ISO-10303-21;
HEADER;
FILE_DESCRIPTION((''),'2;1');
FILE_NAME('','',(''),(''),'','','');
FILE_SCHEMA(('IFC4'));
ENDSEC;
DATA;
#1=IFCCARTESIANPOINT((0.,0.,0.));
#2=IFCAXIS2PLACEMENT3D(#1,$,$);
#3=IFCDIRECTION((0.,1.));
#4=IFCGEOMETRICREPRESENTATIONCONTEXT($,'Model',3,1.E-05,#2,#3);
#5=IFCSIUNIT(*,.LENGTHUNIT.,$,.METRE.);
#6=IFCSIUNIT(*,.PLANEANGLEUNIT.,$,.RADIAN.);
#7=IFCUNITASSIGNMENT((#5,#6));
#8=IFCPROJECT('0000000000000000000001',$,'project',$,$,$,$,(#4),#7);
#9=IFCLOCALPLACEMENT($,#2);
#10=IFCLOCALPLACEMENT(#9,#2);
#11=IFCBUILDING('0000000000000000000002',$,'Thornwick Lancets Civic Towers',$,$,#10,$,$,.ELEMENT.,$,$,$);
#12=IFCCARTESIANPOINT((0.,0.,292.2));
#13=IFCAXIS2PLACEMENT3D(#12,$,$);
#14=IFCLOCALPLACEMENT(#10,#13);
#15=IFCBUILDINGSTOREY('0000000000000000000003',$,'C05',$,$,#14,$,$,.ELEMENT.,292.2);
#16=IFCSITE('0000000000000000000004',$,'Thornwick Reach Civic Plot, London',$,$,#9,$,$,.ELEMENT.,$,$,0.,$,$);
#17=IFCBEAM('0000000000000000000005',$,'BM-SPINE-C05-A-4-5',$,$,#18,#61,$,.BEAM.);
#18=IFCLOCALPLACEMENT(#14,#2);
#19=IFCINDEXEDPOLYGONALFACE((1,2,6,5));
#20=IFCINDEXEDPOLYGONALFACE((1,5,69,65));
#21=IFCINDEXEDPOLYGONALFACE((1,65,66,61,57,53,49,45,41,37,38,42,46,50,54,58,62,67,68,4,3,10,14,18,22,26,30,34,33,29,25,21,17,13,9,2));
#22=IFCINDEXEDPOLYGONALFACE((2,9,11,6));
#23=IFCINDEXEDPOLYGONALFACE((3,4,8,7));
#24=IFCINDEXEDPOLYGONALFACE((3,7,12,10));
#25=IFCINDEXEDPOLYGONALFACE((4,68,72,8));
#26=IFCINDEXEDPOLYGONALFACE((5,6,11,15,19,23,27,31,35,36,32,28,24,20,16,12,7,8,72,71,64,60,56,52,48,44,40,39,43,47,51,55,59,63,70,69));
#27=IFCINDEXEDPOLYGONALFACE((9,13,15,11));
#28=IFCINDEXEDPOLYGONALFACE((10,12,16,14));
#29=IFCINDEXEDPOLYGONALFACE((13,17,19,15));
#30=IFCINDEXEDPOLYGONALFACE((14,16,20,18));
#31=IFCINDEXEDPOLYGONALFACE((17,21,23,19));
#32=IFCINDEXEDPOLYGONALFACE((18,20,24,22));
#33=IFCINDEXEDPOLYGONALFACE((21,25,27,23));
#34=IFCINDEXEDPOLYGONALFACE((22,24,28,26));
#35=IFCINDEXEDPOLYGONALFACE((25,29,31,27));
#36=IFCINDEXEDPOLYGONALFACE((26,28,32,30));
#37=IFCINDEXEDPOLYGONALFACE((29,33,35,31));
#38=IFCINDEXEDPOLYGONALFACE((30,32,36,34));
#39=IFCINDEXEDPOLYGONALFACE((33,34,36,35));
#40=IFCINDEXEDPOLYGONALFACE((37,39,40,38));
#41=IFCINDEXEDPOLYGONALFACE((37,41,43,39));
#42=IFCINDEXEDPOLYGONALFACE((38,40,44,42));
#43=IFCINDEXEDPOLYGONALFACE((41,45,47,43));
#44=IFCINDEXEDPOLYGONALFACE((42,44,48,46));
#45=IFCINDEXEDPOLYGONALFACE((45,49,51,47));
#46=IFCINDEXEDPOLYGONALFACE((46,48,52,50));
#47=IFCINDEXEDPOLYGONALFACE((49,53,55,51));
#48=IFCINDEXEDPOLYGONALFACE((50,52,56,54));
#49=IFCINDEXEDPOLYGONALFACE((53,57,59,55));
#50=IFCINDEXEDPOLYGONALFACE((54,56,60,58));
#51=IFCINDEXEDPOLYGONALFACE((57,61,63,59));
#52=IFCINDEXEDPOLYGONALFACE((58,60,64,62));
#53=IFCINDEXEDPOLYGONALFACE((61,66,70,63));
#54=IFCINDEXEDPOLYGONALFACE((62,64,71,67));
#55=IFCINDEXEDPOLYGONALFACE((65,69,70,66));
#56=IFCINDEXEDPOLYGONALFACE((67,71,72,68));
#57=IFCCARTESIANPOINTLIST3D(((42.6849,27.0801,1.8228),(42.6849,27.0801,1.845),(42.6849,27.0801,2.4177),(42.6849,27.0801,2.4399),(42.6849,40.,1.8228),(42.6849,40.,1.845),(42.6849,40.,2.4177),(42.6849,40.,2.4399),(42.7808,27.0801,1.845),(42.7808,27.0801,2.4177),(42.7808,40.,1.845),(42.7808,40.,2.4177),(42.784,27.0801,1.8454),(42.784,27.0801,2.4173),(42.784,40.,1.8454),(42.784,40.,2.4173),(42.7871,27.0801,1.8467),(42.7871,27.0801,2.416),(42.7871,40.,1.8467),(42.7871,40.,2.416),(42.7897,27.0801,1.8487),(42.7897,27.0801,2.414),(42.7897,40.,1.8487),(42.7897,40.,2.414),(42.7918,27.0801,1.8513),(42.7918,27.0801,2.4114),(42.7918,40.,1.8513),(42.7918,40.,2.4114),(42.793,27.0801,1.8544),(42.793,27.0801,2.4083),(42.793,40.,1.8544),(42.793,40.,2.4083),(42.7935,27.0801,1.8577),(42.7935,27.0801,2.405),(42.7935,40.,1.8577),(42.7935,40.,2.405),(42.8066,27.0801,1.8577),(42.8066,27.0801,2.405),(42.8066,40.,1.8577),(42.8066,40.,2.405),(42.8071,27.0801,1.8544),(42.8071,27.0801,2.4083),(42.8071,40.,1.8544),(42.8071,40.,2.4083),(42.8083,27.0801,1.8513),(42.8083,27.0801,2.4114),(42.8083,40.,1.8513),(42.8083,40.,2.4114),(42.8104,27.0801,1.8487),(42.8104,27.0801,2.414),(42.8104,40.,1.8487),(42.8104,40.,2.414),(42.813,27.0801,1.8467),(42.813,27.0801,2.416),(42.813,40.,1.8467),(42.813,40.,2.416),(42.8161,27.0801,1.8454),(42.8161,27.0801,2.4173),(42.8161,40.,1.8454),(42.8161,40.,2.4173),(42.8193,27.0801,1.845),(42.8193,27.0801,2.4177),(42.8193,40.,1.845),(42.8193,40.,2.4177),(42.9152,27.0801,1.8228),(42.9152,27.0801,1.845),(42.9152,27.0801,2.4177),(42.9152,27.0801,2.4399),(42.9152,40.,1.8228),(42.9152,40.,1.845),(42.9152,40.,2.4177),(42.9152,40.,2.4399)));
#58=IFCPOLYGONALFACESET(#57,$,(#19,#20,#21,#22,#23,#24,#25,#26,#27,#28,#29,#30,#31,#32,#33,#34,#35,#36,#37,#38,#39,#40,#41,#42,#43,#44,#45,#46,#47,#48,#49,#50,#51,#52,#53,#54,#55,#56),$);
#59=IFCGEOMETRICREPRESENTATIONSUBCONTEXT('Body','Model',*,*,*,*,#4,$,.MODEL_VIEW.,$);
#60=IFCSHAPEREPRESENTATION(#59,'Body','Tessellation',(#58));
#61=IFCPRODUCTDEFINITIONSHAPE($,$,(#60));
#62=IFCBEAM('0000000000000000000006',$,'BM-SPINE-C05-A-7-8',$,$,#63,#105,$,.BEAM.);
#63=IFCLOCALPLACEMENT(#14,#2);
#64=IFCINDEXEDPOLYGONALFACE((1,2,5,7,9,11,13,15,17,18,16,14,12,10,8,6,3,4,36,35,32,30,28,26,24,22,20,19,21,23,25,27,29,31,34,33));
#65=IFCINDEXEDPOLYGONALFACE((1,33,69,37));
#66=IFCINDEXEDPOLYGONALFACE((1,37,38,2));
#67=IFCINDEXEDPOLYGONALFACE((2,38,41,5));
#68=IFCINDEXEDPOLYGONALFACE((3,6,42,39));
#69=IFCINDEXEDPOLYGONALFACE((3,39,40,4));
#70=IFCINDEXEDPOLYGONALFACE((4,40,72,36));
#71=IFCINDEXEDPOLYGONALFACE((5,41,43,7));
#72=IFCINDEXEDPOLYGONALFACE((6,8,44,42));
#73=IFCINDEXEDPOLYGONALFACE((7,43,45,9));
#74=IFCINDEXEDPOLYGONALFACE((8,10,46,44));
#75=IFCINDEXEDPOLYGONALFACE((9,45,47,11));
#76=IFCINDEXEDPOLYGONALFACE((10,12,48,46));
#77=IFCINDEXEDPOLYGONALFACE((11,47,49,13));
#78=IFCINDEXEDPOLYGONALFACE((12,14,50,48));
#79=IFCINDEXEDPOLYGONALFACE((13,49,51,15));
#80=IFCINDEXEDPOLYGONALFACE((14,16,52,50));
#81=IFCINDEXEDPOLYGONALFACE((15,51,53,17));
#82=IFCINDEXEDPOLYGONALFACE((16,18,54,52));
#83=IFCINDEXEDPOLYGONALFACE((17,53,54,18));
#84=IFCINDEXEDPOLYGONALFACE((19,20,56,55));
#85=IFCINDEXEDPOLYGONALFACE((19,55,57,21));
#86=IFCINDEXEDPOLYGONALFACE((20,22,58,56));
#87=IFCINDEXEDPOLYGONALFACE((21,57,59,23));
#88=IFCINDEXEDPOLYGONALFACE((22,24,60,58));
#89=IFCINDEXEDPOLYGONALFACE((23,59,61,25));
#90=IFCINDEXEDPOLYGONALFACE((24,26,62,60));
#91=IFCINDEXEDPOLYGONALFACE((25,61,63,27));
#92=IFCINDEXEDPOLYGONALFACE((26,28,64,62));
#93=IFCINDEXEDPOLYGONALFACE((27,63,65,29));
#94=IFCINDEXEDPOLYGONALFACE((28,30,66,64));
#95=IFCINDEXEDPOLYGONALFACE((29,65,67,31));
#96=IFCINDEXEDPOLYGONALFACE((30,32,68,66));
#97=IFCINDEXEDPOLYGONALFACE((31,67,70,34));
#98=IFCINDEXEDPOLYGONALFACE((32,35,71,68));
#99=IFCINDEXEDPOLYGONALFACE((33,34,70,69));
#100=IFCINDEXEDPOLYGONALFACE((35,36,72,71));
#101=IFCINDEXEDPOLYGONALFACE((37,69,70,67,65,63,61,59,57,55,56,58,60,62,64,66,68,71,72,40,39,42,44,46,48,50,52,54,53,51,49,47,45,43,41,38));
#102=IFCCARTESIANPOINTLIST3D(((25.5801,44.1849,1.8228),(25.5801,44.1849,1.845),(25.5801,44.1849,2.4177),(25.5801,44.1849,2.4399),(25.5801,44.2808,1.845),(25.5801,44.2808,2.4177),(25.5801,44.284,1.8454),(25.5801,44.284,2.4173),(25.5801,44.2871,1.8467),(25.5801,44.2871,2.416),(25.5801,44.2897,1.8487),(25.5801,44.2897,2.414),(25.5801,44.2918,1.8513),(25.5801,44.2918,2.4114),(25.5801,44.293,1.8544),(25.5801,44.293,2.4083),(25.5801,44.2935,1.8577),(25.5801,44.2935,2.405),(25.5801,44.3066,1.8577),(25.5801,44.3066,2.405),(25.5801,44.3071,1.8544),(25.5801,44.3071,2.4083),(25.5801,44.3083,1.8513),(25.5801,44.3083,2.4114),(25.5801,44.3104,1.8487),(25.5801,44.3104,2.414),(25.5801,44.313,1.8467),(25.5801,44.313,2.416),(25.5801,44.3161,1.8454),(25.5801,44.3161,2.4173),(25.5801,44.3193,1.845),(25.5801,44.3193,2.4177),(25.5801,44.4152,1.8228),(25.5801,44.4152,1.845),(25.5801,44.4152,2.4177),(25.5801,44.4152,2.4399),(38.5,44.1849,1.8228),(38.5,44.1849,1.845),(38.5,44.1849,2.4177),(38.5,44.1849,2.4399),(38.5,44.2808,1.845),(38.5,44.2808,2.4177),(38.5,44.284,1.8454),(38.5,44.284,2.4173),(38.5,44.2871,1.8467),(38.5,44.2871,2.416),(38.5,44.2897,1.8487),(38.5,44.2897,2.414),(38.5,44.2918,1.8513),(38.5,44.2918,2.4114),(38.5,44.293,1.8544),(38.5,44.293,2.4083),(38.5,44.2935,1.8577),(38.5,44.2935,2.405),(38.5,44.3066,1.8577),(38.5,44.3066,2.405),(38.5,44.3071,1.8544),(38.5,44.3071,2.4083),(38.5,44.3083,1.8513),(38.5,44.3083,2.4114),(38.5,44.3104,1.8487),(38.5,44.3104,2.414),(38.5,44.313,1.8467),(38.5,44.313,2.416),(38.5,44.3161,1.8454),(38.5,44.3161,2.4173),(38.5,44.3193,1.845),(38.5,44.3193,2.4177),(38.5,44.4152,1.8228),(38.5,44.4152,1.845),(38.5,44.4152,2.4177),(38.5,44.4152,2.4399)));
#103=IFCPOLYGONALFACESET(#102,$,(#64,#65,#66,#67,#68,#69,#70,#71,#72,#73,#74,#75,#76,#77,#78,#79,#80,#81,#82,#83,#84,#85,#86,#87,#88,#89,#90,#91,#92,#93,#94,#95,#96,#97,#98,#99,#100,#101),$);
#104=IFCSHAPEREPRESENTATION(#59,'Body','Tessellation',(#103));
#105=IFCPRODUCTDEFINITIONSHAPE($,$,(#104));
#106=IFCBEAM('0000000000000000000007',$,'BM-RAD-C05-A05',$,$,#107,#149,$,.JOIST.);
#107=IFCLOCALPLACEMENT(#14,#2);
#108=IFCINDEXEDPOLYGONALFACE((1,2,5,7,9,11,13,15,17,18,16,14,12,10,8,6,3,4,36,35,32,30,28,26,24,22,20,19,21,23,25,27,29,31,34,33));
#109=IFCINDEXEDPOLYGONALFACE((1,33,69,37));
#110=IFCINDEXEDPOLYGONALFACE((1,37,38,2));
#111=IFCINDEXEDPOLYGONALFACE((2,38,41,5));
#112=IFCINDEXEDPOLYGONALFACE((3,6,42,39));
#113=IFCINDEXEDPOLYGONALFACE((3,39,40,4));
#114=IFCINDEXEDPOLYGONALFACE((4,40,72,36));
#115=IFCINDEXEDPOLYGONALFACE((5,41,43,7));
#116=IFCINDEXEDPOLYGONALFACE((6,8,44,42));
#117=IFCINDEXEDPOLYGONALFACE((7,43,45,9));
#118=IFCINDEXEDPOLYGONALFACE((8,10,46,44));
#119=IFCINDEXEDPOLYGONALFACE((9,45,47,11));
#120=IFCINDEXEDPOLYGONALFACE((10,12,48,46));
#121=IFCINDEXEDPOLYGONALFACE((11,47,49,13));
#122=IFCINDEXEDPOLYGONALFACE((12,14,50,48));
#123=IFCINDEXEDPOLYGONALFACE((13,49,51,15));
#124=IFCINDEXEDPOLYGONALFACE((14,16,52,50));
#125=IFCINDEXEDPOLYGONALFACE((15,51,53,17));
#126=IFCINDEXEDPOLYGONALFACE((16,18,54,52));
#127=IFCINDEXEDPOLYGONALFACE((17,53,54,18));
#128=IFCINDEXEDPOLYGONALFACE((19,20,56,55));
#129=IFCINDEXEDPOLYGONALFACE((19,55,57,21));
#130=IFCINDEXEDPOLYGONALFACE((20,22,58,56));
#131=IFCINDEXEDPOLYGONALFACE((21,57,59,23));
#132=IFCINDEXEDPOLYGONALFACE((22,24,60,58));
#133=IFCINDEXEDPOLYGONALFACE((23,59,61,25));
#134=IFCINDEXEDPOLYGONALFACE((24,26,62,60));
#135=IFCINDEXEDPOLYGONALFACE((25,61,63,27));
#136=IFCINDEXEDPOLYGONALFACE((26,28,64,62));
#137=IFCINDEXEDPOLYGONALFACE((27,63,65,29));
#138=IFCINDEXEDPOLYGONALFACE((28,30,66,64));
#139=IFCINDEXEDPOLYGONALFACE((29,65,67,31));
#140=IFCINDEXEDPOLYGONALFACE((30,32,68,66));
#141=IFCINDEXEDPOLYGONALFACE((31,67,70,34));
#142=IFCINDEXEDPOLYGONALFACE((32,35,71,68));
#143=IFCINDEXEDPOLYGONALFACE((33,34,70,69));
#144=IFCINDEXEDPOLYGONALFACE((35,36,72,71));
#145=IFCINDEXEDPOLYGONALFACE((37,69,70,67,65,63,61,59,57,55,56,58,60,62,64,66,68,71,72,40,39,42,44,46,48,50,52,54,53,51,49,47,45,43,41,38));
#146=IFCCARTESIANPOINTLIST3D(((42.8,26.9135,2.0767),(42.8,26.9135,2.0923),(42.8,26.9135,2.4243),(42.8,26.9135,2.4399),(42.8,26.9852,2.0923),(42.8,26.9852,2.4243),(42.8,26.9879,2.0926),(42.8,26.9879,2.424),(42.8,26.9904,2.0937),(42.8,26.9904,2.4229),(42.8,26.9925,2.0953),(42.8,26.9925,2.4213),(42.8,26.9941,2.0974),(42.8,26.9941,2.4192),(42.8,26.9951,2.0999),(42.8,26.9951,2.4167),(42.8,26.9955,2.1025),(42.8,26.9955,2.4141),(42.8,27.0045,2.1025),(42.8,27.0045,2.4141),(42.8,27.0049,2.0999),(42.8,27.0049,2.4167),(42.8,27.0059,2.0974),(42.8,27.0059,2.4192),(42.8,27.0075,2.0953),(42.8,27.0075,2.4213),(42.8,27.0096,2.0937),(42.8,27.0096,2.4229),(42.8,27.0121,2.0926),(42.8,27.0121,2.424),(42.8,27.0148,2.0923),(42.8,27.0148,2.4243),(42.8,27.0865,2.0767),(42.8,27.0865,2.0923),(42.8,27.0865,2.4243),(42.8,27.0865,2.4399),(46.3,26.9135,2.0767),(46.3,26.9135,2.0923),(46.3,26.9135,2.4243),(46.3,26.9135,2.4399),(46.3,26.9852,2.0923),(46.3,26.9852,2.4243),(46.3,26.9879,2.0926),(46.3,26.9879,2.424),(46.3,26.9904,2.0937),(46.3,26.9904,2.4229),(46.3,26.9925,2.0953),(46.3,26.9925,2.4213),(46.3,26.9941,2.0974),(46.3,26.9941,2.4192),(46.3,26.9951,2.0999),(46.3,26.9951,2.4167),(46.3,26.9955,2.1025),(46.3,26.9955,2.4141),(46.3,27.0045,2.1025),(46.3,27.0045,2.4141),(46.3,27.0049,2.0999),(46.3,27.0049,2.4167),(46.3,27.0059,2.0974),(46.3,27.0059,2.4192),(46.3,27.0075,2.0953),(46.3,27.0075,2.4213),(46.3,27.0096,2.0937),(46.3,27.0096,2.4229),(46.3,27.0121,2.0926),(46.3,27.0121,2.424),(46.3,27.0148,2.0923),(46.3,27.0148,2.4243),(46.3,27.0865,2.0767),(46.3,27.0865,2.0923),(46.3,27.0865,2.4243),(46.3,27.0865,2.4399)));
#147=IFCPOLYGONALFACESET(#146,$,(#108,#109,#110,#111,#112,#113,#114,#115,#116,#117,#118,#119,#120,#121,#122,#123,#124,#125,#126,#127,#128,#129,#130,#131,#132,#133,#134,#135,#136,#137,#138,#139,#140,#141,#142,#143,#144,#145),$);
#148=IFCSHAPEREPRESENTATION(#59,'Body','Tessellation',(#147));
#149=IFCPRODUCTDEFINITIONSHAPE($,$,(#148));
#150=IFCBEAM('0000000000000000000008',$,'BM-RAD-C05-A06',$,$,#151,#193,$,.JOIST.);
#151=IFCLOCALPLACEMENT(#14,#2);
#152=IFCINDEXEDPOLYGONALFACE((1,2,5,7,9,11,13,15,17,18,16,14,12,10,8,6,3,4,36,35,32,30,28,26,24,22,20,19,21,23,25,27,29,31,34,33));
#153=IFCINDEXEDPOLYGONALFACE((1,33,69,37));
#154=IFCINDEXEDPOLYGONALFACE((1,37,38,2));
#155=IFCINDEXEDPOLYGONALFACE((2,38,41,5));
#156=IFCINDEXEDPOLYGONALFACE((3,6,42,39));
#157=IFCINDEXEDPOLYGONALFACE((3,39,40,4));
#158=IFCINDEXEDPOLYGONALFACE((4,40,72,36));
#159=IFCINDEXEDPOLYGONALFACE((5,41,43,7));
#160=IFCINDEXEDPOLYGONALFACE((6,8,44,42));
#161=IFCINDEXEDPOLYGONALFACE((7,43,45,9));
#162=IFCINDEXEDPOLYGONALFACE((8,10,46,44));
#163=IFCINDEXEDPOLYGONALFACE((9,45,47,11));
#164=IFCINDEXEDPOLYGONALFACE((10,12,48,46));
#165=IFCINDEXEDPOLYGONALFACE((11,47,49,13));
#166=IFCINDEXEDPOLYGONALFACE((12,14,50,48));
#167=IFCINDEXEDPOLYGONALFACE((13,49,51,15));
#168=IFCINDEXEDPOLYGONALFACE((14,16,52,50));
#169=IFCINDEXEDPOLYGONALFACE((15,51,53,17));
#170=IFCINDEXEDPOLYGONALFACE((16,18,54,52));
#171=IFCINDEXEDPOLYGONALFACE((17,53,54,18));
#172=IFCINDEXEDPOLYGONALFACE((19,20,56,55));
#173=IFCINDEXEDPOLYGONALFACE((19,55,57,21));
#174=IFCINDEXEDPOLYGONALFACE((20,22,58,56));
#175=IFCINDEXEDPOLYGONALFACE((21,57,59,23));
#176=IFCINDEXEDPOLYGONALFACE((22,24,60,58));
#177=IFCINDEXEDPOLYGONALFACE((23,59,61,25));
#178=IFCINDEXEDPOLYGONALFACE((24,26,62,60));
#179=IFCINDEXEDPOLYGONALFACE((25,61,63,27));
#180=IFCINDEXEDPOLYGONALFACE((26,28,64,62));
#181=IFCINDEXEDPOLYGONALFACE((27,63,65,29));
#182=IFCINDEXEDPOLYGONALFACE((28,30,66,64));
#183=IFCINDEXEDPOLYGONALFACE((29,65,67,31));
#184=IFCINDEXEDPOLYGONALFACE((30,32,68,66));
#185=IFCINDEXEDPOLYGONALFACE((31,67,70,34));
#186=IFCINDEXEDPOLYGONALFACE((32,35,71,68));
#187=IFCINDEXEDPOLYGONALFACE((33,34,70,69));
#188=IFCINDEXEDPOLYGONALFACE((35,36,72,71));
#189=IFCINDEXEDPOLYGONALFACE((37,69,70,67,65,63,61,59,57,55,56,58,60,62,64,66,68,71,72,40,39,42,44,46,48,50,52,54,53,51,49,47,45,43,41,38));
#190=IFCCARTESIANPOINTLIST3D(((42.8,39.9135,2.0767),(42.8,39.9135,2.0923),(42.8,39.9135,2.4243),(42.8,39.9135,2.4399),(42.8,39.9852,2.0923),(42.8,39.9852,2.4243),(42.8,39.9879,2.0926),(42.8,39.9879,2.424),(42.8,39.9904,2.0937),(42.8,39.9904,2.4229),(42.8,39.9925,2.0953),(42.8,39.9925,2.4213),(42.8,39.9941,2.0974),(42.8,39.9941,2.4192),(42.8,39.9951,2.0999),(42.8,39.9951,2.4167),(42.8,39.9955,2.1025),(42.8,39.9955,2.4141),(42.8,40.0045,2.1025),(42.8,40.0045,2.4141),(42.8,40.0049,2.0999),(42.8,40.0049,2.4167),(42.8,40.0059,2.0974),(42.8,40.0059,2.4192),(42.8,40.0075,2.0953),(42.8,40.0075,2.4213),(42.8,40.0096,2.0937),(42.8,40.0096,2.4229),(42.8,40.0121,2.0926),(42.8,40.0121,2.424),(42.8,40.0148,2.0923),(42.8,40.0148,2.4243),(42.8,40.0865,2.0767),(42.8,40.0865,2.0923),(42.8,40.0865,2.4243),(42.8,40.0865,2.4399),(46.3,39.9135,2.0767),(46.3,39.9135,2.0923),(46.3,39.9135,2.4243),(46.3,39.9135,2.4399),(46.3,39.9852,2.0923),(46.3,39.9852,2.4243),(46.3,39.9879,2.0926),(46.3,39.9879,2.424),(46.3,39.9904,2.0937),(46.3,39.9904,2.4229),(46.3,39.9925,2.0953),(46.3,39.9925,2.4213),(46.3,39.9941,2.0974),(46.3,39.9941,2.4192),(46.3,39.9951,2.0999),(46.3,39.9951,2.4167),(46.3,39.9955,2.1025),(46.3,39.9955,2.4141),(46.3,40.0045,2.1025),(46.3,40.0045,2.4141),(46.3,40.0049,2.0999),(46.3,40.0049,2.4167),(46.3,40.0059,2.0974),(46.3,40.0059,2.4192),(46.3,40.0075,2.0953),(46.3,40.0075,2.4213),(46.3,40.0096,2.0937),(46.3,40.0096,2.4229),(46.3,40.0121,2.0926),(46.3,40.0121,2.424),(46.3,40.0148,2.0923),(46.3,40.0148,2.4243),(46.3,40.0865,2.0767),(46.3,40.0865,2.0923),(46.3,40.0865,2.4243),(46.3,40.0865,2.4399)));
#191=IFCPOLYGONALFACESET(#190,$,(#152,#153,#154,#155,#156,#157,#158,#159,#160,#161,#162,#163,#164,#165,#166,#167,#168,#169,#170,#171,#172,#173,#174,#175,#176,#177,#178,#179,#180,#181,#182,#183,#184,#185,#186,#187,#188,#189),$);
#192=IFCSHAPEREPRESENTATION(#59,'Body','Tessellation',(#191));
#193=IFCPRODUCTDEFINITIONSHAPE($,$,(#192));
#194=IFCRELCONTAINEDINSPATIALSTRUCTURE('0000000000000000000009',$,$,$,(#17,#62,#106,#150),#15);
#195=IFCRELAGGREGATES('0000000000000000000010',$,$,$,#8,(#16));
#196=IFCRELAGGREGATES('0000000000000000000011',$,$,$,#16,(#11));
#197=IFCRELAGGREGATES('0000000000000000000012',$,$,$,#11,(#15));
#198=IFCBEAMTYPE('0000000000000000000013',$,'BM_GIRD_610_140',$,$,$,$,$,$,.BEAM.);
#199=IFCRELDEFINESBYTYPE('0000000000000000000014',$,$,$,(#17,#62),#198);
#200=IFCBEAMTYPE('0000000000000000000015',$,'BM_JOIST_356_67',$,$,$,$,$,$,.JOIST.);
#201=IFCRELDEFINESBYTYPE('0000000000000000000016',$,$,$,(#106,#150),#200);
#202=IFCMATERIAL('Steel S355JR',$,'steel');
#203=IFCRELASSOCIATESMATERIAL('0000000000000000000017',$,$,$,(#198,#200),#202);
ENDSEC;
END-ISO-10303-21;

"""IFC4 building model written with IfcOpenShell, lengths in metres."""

from ifc_helpers import new_model, si_unit, direction, frame, origin, origin_2d, place, context, subcontext, project, spatial, i_section, extrude, material, material_profile, profile_set, type_object, element, save


model = new_model("IFC4")

# Units and contexts
model_context = context("Model", 3, precision=1e-05, world=origin(), true_north=direction((0.0, 1.0)))
body_context = subcontext(model_context, "Body", "Model", "MODEL_VIEW")
ifc_project = project(units=[si_unit("LENGTHUNIT", "METRE"), si_unit("PLANEANGLEUNIT", "RADIAN")], contexts=[model_context])

# Site, building, storey
site_placement = place(None, origin())
site = spatial("IfcSite", under=ifc_project, at=site_placement, Name="Thornwick Reach Civic Plot, London", CompositionType="ELEMENT", RefElevation=0.0)
building_placement = place(site_placement, origin())
building = spatial("IfcBuilding", under=site, at=building_placement, Name="Thornwick Lancets Civic Towers", CompositionType="ELEMENT")
storey_placement = place(building_placement, frame((0.0, 0.0, 292.2)))
storey = spatial("IfcBuildingStorey", under=building, at=storey_placement, Name="C05", CompositionType="ELEMENT", Elevation=292.2)

# Shared definitions
ifc_material_1 = material(Name="Steel S355JR", Category="steel")

# Beams
ifc_material_profile_1 = material_profile(ifc_material_1, i_section(OverallWidth=0.2302, OverallDepth=0.6172, WebThickness=0.0132, FlangeThickness=0.0222, FilletRadius=0.0127, at=origin_2d()), Name="UKB 610x229x140")
ifc_profile_set_1 = profile_set([ifc_material_profile_1], Name="Steel S355JR")
beam_type_1 = type_object("IfcBeamType", Name="BM_GIRD_610_140", PredefinedType="BEAM", material=ifc_profile_set_1)
for number, where, z_axis, x_axis, name in (
    (1, (42.8, 27.0801, 2.1313), (0.0, 1.0, 0.0), (-1.0, 0.0, 0.0), "BM-SPINE-C05-A-4-5"),
    (2, (25.5801, 44.3, 2.1313), (1.0, 0.0, 0.0), (0.0, 1.0, 0.0), "BM-SPINE-C05-A-7-8"),
):
    element("IfcBeam", number, at=place(storey_placement, frame(where, z_axis=z_axis, x_axis=x_axis)), inside=storey, type_object=beam_type_1, Name=name, PredefinedType="BEAM", context=body_context, shape_type="SweptSolid", body=[
        extrude(i_section(OverallWidth=0.2302, OverallDepth=0.6172, WebThickness=0.0132, FlangeThickness=0.0222, FilletRadius=0.0127, at=origin_2d()), origin(), (0.0, 0.0, 1.0), 12.9199),
    ])
ifc_material_profile_2 = material_profile(ifc_material_1, i_section(OverallWidth=0.1731, OverallDepth=0.3633, WebThickness=0.009, FlangeThickness=0.0156, FilletRadius=0.0103, at=origin_2d()), Name="UKB 356x171x67")
ifc_profile_set_2 = profile_set([ifc_material_profile_2], Name="Steel S355JR")
beam_type_2 = type_object("IfcBeamType", Name="BM_JOIST_356_67", PredefinedType="JOIST", material=ifc_profile_set_2)
for number, where, z_axis, x_axis, name in (
    (3, (42.8, 27.0, 2.2583), (1.0, 0.0, 0.0), (0.0, 1.0, 0.0), "BM-RAD-C05-A05"),
    (4, (42.8, 40.0, 2.2583), (1.0, 0.0, 0.0), (0.0, 1.0, 0.0), "BM-RAD-C05-A06"),
):
    element("IfcBeam", number, at=place(storey_placement, frame(where, z_axis=z_axis, x_axis=x_axis)), inside=storey, type_object=beam_type_2, Name=name, PredefinedType="JOIST", context=body_context, shape_type="SweptSolid", body=[
        extrude(i_section(OverallWidth=0.1731, OverallDepth=0.3633, WebThickness=0.009, FlangeThickness=0.0156, FilletRadius=0.0103, at=origin_2d()), origin(), (0.0, 0.0, 1.0), 3.5),
    ])

save(model, "model.ifc")
